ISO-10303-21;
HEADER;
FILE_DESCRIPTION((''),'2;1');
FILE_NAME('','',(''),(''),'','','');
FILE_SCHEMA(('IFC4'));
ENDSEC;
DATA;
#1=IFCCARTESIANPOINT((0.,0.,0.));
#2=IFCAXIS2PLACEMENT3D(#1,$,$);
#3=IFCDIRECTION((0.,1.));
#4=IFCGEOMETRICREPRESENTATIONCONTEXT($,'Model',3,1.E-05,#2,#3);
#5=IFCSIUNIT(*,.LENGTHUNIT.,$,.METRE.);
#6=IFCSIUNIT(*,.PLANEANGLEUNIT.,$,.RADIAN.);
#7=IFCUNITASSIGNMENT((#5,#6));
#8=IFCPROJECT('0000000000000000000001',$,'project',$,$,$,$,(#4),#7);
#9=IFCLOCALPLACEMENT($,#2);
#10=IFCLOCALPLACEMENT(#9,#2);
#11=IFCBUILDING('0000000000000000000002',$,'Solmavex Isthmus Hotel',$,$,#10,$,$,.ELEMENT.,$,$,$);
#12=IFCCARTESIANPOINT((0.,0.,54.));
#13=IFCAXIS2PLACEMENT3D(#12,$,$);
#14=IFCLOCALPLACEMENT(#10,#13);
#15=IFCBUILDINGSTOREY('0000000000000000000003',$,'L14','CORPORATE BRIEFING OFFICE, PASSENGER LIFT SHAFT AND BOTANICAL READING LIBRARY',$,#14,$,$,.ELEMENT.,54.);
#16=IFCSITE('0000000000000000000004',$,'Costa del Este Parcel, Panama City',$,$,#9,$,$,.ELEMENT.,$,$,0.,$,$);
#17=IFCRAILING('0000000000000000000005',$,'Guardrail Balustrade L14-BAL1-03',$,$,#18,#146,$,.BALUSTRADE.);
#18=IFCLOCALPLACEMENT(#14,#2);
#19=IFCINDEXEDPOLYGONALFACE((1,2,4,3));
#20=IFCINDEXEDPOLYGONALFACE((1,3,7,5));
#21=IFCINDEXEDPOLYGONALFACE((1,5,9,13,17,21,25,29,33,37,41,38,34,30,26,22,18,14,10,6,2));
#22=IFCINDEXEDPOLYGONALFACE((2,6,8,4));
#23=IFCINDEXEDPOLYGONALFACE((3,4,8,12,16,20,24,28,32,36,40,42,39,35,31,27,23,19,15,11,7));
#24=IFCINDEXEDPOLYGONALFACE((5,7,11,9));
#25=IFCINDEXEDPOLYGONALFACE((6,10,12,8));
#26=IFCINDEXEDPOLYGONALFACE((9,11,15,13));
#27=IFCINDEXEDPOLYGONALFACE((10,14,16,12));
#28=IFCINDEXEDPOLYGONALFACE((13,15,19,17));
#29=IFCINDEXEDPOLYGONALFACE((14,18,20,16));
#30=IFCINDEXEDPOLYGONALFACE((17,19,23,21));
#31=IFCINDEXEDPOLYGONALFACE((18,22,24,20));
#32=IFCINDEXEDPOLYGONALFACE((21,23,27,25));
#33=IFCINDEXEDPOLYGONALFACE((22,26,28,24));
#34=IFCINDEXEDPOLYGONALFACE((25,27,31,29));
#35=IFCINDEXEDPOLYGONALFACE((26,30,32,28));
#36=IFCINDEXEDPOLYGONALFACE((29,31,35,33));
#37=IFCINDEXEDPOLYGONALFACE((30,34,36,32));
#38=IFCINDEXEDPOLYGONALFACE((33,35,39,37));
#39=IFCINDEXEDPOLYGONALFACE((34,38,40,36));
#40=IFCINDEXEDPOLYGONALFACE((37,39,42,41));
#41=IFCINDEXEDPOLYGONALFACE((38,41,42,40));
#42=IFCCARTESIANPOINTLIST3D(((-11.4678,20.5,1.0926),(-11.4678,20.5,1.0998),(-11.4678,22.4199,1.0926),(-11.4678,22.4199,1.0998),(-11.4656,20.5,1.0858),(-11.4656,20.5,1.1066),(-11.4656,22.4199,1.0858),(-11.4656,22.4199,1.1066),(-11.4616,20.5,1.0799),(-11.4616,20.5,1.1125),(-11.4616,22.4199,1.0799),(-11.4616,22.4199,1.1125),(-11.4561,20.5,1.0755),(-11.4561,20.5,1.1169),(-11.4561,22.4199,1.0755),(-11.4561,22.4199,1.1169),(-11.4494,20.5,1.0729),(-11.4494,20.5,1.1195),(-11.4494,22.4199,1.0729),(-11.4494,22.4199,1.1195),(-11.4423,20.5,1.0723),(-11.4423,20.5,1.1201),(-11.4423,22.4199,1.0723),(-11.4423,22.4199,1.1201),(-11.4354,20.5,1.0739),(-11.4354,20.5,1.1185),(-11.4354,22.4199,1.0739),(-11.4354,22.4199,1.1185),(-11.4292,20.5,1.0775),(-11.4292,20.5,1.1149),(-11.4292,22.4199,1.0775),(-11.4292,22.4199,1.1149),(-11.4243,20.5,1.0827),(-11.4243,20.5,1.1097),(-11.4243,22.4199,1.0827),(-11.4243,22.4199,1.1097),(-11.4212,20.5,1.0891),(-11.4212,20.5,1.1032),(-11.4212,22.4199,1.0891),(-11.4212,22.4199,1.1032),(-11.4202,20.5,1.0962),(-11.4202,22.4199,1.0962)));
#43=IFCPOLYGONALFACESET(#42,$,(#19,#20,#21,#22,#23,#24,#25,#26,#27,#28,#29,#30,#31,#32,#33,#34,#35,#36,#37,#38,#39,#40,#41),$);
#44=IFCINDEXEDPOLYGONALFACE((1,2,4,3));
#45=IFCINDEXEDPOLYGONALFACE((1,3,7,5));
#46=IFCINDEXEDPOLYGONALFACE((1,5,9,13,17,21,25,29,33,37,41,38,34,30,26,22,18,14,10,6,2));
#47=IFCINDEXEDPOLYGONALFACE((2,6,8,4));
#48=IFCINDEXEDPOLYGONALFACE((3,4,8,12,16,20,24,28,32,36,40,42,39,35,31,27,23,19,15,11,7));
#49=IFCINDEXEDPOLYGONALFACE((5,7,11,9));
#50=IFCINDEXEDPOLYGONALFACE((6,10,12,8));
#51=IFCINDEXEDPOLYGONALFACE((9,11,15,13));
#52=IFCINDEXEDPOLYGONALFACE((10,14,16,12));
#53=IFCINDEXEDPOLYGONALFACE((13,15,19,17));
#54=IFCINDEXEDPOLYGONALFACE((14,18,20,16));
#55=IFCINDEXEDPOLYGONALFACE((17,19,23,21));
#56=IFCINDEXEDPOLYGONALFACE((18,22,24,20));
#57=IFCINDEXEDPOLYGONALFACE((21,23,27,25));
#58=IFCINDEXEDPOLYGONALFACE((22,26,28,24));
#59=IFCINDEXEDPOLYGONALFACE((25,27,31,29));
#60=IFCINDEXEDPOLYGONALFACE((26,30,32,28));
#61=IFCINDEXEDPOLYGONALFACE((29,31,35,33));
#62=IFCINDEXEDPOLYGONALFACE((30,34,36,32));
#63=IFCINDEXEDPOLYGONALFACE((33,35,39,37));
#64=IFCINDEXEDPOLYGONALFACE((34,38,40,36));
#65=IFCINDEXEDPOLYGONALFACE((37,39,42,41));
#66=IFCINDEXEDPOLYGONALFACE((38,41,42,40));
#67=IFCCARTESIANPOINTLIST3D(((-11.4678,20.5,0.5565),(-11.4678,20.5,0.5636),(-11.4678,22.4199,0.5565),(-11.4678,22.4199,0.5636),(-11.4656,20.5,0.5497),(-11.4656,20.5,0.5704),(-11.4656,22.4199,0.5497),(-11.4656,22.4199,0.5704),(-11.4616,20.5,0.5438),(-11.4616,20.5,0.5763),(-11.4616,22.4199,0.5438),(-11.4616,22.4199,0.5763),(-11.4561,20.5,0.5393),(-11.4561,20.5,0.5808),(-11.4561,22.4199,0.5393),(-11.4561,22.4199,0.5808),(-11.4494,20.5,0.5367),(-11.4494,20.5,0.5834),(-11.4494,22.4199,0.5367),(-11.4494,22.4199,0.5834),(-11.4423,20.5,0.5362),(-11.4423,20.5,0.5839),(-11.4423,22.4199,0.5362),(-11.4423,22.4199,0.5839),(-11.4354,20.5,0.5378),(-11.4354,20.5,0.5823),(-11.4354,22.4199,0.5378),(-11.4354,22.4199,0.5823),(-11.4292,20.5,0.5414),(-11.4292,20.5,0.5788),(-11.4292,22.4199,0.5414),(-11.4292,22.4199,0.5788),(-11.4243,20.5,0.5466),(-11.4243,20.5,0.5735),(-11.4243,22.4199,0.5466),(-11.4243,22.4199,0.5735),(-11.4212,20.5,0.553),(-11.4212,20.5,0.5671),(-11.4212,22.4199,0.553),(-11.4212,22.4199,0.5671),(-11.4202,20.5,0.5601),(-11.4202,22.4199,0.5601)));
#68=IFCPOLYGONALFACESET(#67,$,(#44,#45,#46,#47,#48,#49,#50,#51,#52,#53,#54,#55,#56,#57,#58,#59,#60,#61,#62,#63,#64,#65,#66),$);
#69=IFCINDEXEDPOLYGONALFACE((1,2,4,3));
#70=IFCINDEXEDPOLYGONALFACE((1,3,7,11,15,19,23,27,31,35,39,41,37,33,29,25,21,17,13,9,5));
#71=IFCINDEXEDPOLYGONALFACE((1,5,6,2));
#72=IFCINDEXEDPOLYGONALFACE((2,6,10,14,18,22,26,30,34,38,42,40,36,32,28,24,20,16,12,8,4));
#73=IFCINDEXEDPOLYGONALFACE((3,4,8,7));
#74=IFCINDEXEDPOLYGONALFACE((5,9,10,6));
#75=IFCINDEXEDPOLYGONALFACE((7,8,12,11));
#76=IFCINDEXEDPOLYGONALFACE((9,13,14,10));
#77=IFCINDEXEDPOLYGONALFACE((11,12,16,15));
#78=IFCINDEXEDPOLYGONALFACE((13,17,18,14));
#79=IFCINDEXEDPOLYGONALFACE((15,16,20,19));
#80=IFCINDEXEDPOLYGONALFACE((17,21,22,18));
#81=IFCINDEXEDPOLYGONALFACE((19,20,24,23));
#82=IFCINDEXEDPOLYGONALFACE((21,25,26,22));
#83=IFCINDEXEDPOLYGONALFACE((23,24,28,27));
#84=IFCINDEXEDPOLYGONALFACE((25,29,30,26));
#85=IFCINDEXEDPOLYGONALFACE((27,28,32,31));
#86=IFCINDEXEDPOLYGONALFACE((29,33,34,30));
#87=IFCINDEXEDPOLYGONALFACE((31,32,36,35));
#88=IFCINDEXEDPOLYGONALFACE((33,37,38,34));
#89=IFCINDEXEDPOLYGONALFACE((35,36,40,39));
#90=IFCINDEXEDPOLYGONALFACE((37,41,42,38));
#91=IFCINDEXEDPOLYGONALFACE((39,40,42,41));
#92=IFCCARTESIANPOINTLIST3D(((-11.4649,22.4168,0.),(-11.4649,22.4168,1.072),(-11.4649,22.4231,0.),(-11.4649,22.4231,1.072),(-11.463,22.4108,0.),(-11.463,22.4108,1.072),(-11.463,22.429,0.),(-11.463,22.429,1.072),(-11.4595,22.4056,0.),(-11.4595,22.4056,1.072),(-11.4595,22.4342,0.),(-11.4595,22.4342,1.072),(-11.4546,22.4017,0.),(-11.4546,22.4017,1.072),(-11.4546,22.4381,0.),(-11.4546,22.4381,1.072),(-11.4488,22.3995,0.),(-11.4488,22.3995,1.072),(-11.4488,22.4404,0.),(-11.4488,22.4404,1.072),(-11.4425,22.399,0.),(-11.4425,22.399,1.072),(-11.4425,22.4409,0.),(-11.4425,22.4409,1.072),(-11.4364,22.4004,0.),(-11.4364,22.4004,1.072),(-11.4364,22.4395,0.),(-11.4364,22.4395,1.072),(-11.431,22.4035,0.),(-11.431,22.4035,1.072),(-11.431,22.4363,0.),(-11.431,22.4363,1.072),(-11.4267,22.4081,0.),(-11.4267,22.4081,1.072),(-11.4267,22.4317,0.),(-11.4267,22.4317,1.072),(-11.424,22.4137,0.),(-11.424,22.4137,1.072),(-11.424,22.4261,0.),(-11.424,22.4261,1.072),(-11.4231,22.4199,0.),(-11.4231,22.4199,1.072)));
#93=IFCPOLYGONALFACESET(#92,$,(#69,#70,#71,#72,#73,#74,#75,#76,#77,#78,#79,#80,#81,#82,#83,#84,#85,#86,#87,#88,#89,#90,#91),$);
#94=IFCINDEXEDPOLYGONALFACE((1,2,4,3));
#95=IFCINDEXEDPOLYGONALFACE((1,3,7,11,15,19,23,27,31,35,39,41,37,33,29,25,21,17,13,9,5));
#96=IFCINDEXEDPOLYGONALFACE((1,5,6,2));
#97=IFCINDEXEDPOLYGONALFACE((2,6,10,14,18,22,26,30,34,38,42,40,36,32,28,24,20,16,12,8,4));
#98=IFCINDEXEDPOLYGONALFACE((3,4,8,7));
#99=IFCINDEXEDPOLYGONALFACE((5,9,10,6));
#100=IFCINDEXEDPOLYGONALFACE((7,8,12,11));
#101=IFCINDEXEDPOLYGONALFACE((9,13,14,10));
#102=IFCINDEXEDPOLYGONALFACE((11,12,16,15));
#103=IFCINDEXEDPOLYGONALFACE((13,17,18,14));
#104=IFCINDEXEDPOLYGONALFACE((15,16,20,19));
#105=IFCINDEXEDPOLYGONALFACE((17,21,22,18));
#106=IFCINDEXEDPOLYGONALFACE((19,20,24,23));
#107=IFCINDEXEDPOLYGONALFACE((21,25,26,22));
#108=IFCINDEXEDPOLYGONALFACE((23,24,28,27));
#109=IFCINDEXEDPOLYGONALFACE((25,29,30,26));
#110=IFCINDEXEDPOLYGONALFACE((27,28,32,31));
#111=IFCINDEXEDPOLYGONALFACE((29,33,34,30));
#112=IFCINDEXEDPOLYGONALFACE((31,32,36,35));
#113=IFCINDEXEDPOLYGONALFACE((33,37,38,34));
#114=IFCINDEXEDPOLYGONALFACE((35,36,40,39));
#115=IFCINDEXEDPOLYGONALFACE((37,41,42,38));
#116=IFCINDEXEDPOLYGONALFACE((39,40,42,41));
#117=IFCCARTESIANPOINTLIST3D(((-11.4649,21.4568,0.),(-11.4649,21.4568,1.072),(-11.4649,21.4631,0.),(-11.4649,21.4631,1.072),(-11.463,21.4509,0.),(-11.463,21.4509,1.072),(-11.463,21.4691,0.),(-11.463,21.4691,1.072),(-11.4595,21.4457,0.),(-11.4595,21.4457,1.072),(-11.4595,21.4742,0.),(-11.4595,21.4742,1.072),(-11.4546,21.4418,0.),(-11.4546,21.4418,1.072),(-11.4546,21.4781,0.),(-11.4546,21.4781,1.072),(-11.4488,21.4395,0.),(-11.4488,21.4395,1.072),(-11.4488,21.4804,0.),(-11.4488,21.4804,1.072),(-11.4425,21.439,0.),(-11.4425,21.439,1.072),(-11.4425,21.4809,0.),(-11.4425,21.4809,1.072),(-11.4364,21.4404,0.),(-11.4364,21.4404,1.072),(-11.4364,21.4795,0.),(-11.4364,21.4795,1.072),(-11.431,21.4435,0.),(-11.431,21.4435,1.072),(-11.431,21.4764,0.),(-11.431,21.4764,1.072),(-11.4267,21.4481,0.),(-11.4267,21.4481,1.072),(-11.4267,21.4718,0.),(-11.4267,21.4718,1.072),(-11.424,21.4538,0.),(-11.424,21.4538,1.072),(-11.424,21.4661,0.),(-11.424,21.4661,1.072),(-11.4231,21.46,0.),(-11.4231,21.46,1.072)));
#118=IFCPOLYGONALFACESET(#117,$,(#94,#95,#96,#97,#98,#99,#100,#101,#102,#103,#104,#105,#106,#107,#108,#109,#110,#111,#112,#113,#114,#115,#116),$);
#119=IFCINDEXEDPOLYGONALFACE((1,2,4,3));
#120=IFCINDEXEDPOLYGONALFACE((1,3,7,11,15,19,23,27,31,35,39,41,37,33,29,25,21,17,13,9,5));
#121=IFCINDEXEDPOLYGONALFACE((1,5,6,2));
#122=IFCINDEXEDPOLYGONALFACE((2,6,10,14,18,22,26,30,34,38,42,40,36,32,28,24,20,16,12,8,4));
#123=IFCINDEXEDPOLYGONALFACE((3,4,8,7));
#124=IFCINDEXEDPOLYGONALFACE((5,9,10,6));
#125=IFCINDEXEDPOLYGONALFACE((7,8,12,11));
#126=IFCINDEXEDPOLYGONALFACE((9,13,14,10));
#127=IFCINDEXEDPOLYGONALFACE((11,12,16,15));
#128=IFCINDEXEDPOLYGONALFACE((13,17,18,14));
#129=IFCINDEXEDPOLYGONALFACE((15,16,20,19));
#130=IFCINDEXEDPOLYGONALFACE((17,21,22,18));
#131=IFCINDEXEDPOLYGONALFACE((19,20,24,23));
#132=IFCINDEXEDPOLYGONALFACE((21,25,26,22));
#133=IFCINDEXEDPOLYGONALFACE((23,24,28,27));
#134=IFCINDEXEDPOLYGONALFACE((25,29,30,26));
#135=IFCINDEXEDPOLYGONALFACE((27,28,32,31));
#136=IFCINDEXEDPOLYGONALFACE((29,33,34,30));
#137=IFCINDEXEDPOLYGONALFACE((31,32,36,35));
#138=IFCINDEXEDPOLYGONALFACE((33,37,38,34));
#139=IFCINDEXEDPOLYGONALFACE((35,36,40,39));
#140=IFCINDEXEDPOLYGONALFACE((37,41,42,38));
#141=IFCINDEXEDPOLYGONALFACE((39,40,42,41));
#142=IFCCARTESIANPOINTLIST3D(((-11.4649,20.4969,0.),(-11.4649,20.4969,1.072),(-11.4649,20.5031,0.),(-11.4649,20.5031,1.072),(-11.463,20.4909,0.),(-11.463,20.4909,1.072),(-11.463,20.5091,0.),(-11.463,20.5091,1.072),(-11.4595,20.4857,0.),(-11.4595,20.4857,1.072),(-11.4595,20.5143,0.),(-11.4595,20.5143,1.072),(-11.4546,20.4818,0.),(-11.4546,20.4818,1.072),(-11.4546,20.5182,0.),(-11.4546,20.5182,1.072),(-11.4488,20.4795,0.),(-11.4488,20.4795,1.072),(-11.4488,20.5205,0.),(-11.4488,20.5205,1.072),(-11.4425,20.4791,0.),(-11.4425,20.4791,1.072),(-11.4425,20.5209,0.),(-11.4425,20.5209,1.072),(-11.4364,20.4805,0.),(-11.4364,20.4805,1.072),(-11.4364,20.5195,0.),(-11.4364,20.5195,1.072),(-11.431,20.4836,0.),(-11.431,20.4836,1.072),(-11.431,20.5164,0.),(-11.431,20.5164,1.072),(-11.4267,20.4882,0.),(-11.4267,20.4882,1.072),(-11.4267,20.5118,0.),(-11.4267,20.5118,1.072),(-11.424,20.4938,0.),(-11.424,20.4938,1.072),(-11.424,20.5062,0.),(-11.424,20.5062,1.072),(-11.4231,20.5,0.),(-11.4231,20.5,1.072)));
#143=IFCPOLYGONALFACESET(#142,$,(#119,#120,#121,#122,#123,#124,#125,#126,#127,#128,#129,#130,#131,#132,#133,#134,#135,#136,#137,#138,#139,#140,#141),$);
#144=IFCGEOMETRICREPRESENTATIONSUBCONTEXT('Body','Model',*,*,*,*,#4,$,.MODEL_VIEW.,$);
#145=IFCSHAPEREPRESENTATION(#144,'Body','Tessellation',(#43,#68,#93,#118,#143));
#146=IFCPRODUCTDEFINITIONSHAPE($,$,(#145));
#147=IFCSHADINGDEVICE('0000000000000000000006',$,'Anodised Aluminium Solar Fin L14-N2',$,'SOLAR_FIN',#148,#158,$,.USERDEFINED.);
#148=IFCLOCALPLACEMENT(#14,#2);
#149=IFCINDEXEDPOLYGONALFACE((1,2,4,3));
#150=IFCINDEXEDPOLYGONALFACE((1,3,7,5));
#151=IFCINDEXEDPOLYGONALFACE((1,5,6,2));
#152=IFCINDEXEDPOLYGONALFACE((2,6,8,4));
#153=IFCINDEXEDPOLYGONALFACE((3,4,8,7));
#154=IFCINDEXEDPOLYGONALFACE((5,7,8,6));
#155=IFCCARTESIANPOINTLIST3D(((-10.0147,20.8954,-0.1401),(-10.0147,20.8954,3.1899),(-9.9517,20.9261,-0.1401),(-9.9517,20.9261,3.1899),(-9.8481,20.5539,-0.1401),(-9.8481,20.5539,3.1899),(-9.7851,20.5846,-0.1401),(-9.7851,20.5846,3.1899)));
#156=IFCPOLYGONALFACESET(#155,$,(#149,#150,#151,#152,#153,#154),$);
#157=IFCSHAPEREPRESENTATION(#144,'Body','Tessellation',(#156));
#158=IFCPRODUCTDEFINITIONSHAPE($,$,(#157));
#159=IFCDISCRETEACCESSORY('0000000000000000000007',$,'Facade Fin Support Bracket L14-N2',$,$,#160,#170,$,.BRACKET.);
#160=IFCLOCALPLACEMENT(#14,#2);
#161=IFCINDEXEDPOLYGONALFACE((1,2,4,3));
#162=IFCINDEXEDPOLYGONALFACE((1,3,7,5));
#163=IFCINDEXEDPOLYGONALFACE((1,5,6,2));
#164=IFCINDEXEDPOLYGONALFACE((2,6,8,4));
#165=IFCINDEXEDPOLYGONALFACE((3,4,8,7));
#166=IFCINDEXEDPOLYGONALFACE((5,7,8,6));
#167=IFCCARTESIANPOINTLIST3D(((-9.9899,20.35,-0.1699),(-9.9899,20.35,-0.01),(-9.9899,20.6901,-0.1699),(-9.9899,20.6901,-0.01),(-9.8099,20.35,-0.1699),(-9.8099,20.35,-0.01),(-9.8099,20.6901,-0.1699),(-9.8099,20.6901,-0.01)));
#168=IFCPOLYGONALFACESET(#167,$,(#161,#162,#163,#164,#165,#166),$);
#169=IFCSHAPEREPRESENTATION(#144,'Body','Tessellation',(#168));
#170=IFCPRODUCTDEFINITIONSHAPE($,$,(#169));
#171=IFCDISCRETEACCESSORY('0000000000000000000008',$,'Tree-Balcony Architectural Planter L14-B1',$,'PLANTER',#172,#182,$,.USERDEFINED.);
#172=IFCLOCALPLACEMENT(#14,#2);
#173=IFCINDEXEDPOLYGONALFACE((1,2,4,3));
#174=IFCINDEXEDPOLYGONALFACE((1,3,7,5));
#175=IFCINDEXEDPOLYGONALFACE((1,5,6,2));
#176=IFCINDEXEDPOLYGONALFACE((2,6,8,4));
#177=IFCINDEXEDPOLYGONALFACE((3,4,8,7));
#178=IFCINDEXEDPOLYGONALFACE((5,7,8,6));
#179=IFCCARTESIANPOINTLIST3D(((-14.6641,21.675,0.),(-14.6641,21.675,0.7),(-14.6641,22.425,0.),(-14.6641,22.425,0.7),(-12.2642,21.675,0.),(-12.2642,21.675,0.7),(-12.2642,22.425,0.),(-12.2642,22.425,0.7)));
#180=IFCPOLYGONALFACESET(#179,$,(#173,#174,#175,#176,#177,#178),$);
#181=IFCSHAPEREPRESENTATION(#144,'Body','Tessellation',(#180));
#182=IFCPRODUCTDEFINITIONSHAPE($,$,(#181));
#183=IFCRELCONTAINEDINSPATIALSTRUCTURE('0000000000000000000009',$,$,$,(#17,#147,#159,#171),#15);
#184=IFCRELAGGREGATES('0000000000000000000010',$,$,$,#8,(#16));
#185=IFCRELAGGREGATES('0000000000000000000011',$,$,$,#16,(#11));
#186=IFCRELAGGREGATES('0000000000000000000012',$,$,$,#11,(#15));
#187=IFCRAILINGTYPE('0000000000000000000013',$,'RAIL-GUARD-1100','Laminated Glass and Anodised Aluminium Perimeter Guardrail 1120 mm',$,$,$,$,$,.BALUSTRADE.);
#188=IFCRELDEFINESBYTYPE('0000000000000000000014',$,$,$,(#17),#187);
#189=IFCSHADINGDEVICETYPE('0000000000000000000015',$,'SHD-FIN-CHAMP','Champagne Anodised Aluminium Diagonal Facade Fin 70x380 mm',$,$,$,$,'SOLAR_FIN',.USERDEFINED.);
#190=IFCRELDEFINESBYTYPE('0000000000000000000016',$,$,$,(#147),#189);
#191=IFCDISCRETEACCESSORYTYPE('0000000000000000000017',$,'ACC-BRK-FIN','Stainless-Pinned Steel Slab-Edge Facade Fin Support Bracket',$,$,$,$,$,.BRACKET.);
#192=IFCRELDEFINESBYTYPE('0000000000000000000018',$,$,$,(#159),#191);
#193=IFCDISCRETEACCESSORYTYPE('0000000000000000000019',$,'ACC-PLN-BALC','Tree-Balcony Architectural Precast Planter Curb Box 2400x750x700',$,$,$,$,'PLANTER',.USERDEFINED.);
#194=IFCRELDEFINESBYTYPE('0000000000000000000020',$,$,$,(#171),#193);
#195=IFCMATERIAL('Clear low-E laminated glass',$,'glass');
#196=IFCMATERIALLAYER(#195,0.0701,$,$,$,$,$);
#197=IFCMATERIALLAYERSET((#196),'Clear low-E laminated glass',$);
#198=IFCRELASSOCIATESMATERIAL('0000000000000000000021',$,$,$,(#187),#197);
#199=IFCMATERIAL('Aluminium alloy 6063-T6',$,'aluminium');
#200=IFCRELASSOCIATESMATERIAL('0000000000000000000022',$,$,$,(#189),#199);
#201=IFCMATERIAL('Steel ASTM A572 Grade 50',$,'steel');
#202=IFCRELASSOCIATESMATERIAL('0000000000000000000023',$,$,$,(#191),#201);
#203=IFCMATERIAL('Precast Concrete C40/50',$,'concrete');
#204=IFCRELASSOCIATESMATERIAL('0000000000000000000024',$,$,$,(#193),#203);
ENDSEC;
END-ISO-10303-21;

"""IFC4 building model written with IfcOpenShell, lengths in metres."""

from ifc_helpers import new_model, si_unit, direction, frame, origin, origin_2d, place, context, subcontext, project, spatial, rectangle, circle, extrude, material, layer, layer_set, type_object, element, save


model = new_model("IFC4")

# Units and contexts
model_context = context("Model", 3, precision=1e-05, world=origin(), true_north=direction((0.0, 1.0)))
body_context = subcontext(model_context, "Body", "Model", "MODEL_VIEW")
ifc_project = project(units=[si_unit("LENGTHUNIT", "METRE"), si_unit("PLANEANGLEUNIT", "RADIAN")], contexts=[model_context])

# Site, building, storey
site_placement = place(None, origin())
site = spatial("IfcSite", under=ifc_project, at=site_placement, Name="Costa del Este Parcel, Panama City", CompositionType="ELEMENT", RefElevation=0.0)
building_placement = place(site_placement, origin())
building = spatial("IfcBuilding", under=site, at=building_placement, Name="Solmavex Isthmus Hotel", CompositionType="ELEMENT")
storey_placement = place(building_placement, frame((0.0, 0.0, 54.0)))
storey = spatial("IfcBuildingStorey", under=building, at=storey_placement, Name="L14", Description="CORPORATE BRIEFING OFFICE, PASSENGER LIFT SHAFT AND BOTANICAL READING LIBRARY", CompositionType="ELEMENT", Elevation=54.0)

# Shared definitions
ifc_material_1 = material(Name="Aluminium alloy 6063-T6", Category="aluminium")

# Shared definitions
ifc_material_2 = material(Name="Clear low-E laminated glass", Category="glass")

# Shared definitions
ifc_material_3 = material(Name="Precast Concrete C40/50", Category="concrete")

# Railing
ifc_layer_1 = layer(ifc_material_2, 0.0701)
ifc_layer_set_1 = layer_set([ifc_layer_1], Name="Clear low-E laminated glass")
railing_type_1 = type_object("IfcRailingType", Name="RAIL-GUARD-1100", Description="Laminated Glass and Anodised Aluminium Perimeter Guardrail 1120 mm", PredefinedType="BALUSTRADE", material=ifc_layer_set_1)
railing_1_placement = place(storey_placement, frame((-11.4441, 22.4199, 0.0)))
element("IfcRailing", 1, at=railing_1_placement, inside=storey, type_object=railing_type_1, Name="Guardrail Balustrade L14-BAL1-03", PredefinedType="BALUSTRADE", context=body_context, shape_type="SweptSolid", body=[
    extrude(circle(Radius=0.0239, at=origin_2d()), frame((0.0, 0.0, 1.0962), z_axis=(0.0, -1.0, 0.0), x_axis=(1.0, 0.0, 0.0)), (0.0, 0.0, 1.0), 1.9199),
    extrude(circle(Radius=0.0239, at=origin_2d()), frame((0.0, 0.0, 0.5601), z_axis=(0.0, -1.0, 0.0), x_axis=(1.0, 0.0, 0.0)), (0.0, 0.0, 1.0), 1.9199),
    extrude(circle(Radius=0.021, at=origin_2d()), origin(), (0.0, 0.0, 1.0), 1.072),
    extrude(circle(Radius=0.021, at=origin_2d()), frame((0.0, -0.96, 0.0)), (0.0, 0.0, 1.0), 1.072),
    extrude(circle(Radius=0.021, at=origin_2d()), frame((0.0, -1.9199, 0.0)), (0.0, 0.0, 1.0), 1.072),
])

# Shading device
shading_device_type = type_object("IfcShadingDeviceType", Name="SHD-FIN-CHAMP", Description="Champagne Anodised Aluminium Diagonal Facade Fin 70x380 mm", ElementType="SOLAR_FIN", PredefinedType="USERDEFINED", material=ifc_material_1)
shading_device_placement = place(storey_placement, frame((-9.8999, 20.74, -0.1401), z_axis=(0.0, 0.0, 1.0), x_axis=(-0.438371, 0.898794, 0.0)))
element("IfcShadingDevice", 2, at=shading_device_placement, inside=storey, type_object=shading_device_type, Name="Anodised Aluminium Solar Fin L14-N2", ObjectType="SOLAR_FIN", PredefinedType="USERDEFINED", context=body_context, shape_type="SweptSolid", body=[
    extrude(rectangle(XDim=0.3799, YDim=0.0701, at=origin_2d()), origin(), (0.0, 0.0, 1.0), 3.3301),
])

# Discrete accessories
ifc_material_4 = material(Name="Steel ASTM A572 Grade 50", Category="steel")
discrete_accessory_type_1 = type_object("IfcDiscreteAccessoryType", Name="ACC-BRK-FIN", Description="Stainless-Pinned Steel Slab-Edge Facade Fin Support Bracket", PredefinedType="BRACKET", material=ifc_material_4)
discrete_accessory_1_placement = place(storey_placement, frame((-9.8999, 20.52, -0.1699), z_axis=(0.0, 0.0, 1.0), x_axis=(0.0, 1.0, 0.0)))
element("IfcDiscreteAccessory", 3, at=discrete_accessory_1_placement, inside=storey, type_object=discrete_accessory_type_1, Name="Facade Fin Support Bracket L14-N2", PredefinedType="BRACKET", context=body_context, shape_type="SweptSolid", body=[
    extrude(rectangle(XDim=0.3401, YDim=0.1799, at=origin_2d()), origin(), (0.0, 0.0, 1.0), 0.1599),
])
discrete_accessory_type_2 = type_object("IfcDiscreteAccessoryType", Name="ACC-PLN-BALC", Description="Tree-Balcony Architectural Precast Planter Curb Box 2400x750x700", ElementType="PLANTER", PredefinedType="USERDEFINED", material=ifc_material_3)
discrete_accessory_2_placement = place(storey_placement, frame((-13.4641, 22.05, 0.0), z_axis=(0.0, 0.0, 1.0), x_axis=(1.0, 0.0, 0.0)))
element("IfcDiscreteAccessory", 4, at=discrete_accessory_2_placement, inside=storey, type_object=discrete_accessory_type_2, Name="Tree-Balcony Architectural Planter L14-B1", ObjectType="PLANTER", PredefinedType="USERDEFINED", context=body_context, shape_type="SweptSolid", body=[
    extrude(rectangle(XDim=2.3999, YDim=0.75, at=origin_2d()), origin(), (0.0, 0.0, 1.0), 0.7),
])

save(model, "model.ifc")
